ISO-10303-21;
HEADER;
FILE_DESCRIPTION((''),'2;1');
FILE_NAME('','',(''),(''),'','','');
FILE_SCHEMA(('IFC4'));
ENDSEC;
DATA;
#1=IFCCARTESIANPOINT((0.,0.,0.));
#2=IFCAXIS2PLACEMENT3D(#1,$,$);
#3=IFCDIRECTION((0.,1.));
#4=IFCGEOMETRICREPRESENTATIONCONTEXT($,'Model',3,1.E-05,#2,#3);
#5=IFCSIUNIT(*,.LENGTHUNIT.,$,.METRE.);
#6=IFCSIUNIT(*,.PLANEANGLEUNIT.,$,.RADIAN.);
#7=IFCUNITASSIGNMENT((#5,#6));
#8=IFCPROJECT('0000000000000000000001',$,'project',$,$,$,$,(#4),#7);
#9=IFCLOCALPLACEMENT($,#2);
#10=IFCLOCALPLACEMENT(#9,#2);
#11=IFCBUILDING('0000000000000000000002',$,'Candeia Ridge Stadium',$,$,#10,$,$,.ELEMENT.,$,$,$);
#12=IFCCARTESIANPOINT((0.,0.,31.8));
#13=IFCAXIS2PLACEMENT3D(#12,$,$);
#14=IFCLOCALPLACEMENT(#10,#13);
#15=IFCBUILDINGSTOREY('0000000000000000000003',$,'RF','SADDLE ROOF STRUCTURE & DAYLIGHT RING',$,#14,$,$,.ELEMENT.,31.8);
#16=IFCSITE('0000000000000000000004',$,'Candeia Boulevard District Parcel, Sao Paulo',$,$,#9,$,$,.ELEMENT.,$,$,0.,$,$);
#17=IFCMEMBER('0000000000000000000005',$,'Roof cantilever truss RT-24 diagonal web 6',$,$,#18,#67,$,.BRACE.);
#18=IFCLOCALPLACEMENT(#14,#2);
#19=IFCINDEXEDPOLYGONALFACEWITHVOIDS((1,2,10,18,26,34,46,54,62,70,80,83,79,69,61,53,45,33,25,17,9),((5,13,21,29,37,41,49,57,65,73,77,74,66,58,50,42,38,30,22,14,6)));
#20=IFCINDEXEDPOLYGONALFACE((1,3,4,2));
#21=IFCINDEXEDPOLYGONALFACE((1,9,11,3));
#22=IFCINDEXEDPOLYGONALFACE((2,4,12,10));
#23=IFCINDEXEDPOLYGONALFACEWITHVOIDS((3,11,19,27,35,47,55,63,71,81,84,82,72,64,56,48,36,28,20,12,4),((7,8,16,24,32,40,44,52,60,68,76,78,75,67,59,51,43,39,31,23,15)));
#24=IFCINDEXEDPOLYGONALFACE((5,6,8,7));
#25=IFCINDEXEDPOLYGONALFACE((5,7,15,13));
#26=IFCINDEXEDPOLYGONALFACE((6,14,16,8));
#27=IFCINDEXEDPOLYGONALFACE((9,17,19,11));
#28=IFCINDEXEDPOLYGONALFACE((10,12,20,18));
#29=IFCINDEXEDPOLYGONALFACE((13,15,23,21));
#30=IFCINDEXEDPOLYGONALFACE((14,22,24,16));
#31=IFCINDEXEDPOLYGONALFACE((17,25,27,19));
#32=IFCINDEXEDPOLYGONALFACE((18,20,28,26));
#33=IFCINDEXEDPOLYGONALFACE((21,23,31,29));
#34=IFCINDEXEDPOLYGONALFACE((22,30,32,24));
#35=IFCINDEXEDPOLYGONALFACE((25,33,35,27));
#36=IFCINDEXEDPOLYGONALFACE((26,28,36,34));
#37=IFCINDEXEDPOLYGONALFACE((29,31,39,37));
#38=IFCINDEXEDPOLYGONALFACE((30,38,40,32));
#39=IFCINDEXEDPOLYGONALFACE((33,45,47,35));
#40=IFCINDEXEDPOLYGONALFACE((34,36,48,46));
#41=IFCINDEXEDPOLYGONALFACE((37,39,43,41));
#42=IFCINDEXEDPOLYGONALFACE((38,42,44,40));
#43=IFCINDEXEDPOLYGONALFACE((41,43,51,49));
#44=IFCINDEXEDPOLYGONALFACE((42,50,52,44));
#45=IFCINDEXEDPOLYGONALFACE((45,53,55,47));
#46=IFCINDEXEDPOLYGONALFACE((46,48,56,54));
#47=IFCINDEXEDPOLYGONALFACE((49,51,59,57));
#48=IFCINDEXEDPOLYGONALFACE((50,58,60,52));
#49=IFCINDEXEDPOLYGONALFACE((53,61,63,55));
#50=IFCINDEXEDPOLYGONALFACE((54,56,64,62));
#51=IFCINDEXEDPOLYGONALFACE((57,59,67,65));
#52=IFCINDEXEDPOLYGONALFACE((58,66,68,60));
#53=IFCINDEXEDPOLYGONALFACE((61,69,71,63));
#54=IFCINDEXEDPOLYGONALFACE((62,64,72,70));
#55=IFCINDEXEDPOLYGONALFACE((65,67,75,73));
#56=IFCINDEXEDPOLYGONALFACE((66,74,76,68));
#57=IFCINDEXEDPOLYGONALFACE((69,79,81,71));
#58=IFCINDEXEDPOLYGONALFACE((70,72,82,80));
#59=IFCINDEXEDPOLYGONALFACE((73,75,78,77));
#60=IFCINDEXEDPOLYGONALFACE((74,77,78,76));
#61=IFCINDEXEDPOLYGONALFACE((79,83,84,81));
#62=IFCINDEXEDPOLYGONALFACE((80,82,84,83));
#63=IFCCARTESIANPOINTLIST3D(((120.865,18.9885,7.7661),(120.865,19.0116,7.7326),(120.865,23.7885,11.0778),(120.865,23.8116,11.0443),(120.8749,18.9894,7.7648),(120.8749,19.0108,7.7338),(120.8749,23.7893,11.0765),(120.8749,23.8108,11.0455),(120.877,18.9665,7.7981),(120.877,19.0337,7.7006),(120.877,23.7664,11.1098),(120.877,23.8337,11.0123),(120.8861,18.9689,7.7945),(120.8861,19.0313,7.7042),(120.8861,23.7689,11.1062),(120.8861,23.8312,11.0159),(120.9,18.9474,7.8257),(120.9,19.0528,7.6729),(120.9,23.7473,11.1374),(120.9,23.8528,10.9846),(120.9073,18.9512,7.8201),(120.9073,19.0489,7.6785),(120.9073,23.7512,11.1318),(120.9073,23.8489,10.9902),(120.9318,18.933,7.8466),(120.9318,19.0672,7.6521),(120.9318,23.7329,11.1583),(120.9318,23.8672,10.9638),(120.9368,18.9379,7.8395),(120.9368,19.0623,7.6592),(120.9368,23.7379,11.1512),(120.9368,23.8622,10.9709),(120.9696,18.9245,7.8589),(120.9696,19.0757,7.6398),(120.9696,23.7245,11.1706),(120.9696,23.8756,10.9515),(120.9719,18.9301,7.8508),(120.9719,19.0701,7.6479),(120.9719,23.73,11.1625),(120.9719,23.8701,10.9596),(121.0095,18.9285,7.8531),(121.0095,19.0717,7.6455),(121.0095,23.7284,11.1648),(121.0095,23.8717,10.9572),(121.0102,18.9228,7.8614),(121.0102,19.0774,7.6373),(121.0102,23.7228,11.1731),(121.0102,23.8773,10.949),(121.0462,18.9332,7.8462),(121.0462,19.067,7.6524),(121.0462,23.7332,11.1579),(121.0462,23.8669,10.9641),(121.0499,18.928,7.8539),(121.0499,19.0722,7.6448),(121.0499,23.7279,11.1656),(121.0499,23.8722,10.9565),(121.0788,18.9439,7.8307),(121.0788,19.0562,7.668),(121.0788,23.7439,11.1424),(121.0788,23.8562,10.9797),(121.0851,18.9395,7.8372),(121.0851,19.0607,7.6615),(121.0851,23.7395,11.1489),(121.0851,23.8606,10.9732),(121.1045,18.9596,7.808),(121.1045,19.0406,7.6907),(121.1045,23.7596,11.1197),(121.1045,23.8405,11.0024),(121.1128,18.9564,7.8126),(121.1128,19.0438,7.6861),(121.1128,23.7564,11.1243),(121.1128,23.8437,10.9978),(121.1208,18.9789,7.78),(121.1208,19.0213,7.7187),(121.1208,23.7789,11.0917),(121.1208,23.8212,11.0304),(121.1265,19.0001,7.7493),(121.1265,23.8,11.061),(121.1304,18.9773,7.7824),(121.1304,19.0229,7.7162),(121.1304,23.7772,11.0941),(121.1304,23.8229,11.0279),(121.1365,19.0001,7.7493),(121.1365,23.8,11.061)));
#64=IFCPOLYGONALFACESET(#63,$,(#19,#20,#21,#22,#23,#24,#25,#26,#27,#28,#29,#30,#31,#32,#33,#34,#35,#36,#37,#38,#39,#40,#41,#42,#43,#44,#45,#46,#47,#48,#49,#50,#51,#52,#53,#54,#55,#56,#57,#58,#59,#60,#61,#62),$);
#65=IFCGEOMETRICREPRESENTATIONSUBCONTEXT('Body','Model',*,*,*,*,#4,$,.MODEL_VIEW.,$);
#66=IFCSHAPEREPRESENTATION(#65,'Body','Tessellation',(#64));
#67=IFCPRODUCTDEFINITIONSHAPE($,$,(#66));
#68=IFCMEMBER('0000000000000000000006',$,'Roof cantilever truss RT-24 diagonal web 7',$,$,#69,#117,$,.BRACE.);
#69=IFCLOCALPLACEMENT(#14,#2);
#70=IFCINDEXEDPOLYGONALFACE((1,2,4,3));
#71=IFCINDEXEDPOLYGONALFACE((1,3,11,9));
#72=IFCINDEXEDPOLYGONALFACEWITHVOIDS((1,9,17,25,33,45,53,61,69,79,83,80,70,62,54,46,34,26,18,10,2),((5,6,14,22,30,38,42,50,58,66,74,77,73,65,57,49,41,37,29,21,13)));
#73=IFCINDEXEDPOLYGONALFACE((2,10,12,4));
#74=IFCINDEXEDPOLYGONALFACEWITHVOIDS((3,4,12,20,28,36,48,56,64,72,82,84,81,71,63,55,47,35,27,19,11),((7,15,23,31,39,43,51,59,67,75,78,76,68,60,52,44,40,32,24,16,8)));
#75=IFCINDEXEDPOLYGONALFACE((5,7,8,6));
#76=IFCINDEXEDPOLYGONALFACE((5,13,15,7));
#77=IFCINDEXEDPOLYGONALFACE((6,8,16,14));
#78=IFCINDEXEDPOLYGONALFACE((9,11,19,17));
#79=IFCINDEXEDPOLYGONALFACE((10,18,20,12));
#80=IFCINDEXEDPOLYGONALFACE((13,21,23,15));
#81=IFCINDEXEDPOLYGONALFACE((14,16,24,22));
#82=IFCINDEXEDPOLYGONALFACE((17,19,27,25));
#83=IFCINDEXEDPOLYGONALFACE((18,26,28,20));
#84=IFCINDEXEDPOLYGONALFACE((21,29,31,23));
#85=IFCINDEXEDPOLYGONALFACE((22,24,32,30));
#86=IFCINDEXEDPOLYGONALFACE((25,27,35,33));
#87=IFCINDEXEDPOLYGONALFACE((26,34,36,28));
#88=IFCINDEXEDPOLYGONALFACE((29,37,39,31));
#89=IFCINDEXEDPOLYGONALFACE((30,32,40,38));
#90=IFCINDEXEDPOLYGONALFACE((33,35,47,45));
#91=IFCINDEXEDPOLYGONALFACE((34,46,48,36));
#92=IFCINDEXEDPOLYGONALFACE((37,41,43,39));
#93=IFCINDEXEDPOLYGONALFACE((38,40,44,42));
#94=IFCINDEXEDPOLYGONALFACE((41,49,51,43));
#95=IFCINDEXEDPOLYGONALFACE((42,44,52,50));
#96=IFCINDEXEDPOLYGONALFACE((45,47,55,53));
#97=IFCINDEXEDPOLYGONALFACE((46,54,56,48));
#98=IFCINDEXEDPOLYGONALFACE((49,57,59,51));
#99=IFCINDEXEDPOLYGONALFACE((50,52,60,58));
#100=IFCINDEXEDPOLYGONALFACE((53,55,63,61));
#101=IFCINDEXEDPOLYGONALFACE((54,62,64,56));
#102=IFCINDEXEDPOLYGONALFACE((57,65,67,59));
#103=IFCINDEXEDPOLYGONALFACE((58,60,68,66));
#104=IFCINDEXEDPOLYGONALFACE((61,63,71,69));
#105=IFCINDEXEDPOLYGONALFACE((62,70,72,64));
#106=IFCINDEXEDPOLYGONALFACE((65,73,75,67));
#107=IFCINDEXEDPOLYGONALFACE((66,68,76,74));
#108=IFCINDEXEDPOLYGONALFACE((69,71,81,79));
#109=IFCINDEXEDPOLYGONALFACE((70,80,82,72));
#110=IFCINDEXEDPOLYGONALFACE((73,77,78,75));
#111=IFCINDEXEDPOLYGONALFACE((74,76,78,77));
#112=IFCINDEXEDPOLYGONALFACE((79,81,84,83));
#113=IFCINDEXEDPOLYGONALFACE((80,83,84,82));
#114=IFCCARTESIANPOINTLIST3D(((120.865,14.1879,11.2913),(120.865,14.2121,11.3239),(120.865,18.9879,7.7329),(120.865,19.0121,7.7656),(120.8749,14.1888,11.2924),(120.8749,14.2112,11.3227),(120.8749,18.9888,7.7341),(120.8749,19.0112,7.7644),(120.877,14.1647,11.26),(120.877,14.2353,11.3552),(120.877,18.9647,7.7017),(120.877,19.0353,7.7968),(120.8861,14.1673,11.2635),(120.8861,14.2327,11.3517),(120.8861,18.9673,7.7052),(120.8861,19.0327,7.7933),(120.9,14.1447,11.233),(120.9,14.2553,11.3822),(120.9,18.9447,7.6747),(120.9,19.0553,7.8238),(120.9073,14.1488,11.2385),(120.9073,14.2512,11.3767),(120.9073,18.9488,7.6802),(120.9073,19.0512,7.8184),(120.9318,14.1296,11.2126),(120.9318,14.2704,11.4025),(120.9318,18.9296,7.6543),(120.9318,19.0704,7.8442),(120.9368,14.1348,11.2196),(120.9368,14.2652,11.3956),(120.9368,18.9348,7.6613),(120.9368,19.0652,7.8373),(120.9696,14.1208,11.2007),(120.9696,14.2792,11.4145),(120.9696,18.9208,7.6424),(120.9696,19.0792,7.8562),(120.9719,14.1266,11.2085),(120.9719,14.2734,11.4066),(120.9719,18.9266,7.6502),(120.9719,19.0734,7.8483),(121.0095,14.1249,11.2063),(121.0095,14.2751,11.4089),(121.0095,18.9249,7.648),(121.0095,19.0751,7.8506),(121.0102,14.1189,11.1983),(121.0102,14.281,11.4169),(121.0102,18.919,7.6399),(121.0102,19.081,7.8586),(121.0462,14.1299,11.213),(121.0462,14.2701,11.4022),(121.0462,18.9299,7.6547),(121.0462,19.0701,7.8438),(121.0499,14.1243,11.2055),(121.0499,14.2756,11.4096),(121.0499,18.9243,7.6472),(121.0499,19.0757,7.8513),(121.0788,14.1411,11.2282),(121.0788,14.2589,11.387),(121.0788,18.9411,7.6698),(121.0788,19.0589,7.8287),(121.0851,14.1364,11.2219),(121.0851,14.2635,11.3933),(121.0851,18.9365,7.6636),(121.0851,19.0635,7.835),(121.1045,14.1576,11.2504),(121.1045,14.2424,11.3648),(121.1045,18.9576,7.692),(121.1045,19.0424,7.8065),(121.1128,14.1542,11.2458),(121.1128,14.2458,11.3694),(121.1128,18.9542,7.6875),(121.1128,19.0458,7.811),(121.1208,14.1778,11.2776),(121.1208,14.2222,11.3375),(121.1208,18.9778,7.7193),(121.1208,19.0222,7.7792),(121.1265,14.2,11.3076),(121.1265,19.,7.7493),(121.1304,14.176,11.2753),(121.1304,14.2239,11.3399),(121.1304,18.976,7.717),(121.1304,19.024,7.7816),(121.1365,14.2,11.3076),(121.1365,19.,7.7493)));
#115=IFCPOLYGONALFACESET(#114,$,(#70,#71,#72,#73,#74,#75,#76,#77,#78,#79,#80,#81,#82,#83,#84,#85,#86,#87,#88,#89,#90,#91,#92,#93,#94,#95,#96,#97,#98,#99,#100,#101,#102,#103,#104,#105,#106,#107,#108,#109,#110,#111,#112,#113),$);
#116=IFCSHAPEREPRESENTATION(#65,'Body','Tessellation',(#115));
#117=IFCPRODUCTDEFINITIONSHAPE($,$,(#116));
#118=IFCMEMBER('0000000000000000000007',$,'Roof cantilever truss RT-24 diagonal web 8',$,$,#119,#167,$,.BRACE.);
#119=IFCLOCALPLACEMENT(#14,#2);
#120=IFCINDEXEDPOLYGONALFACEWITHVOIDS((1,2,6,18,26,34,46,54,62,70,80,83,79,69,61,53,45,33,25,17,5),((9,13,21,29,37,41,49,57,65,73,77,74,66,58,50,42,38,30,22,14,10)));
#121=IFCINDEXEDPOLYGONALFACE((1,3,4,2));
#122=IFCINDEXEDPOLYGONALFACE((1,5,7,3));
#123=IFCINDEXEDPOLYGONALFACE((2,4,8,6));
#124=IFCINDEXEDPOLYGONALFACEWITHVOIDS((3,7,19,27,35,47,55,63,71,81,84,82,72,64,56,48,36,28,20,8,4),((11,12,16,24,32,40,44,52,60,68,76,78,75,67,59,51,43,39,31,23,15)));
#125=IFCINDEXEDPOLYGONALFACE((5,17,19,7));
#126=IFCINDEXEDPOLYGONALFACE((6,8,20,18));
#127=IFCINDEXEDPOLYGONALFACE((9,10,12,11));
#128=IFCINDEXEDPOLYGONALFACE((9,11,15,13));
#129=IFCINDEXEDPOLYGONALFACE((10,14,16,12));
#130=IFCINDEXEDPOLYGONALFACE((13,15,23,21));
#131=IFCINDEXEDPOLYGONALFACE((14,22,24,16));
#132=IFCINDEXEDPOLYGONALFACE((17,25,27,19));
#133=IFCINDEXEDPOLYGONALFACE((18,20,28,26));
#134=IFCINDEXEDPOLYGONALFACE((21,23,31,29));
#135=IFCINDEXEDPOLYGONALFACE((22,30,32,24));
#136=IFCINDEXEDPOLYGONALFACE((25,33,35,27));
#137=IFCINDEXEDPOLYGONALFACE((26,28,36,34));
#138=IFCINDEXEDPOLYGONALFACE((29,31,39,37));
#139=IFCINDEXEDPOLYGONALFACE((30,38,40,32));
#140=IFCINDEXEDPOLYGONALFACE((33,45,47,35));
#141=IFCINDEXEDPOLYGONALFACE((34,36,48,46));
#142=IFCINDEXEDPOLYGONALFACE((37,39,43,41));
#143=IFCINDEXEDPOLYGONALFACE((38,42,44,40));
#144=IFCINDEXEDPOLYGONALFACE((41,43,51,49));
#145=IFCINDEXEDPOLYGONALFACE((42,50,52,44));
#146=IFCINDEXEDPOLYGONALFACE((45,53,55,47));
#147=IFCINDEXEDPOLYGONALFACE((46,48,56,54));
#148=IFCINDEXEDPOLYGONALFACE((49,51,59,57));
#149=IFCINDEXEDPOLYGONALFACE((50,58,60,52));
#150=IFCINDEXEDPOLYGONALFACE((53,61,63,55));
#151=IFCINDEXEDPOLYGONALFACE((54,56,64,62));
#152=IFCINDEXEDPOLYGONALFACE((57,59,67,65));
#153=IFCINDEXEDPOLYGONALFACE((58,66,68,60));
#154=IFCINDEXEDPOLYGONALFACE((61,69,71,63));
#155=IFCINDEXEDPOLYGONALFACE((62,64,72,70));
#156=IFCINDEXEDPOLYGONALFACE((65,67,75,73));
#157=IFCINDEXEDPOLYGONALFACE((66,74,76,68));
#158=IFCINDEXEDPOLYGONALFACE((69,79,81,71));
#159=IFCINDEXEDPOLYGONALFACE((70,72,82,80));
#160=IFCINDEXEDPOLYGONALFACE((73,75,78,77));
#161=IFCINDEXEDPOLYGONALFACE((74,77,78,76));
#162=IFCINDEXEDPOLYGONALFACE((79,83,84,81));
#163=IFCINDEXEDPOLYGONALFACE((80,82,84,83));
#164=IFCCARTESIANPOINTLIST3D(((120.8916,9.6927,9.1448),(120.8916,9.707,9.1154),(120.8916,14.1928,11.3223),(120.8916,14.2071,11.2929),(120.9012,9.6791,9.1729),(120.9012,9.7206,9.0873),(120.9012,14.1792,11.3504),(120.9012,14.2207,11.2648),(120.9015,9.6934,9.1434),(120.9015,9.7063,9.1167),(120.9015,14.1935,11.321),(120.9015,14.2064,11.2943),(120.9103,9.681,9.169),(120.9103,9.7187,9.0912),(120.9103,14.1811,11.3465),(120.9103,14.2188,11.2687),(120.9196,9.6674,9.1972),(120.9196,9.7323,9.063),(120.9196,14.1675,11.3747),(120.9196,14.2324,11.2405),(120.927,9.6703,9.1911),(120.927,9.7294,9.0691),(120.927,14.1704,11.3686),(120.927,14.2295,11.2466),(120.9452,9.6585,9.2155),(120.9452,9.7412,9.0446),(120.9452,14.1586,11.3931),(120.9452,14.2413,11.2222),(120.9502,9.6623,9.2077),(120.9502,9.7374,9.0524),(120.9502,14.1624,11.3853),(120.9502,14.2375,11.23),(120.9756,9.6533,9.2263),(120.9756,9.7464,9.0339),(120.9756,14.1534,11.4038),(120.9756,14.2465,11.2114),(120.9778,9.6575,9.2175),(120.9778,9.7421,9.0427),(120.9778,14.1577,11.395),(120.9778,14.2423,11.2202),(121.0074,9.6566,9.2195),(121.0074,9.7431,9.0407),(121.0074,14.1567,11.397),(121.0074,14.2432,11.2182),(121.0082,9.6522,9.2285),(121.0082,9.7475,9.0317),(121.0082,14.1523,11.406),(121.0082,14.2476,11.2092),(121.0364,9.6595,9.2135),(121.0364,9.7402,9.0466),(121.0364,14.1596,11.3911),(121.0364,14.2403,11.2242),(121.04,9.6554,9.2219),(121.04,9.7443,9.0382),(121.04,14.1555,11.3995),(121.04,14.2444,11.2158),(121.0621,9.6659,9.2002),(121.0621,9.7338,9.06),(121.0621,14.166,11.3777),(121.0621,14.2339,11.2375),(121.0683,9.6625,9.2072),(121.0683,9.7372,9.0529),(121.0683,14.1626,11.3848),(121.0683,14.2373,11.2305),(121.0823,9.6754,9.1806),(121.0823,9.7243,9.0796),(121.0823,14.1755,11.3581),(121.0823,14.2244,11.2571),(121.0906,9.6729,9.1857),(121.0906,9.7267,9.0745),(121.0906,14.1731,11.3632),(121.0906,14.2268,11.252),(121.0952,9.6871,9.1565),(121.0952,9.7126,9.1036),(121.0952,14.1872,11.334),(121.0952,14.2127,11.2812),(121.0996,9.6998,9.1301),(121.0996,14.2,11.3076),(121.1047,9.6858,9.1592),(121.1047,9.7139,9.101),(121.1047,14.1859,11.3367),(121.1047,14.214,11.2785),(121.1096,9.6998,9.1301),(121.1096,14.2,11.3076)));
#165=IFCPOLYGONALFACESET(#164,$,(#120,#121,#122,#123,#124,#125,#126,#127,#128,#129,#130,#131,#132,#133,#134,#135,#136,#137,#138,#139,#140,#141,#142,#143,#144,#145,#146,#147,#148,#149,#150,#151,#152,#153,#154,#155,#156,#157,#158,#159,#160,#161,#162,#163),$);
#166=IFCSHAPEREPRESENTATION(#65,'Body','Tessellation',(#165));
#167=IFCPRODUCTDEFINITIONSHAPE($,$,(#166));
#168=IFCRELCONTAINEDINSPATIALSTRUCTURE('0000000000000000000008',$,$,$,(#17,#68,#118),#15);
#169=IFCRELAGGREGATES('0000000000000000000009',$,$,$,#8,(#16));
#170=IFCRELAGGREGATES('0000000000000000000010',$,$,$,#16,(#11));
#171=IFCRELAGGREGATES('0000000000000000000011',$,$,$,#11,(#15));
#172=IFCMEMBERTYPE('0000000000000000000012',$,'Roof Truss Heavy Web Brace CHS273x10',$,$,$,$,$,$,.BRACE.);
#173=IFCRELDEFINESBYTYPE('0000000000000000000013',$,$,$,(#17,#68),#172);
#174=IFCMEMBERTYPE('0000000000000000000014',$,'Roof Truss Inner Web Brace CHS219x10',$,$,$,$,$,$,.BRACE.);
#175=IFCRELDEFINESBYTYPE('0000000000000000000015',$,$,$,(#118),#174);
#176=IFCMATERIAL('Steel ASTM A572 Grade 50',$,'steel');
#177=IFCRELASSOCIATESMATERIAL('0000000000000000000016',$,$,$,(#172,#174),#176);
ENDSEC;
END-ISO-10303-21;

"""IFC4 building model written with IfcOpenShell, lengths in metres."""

from ifc_helpers import new_model, si_unit, direction, frame, origin, origin_2d, place, context, subcontext, project, spatial, hollow_circle, extrude, material, material_profile, profile_set, type_object, element, save


model = new_model("IFC4")

# Units and contexts
model_context = context("Model", 3, precision=1e-05, world=origin(), true_north=direction((0.0, 1.0)))
body_context = subcontext(model_context, "Body", "Model", "MODEL_VIEW")
ifc_project = project(units=[si_unit("LENGTHUNIT", "METRE"), si_unit("PLANEANGLEUNIT", "RADIAN")], contexts=[model_context])

# Site, building, storey
site_placement = place(None, origin())
site = spatial("IfcSite", under=ifc_project, at=site_placement, Name="Candeia Boulevard District Parcel, Sao Paulo", CompositionType="ELEMENT", RefElevation=0.0)
building_placement = place(site_placement, origin())
building = spatial("IfcBuilding", under=site, at=building_placement, Name="Candeia Ridge Stadium", CompositionType="ELEMENT")
storey_placement = place(building_placement, frame((0.0, 0.0, 31.8)))
storey = spatial("IfcBuildingStorey", under=building, at=storey_placement, Name="RF", Description="SADDLE ROOF STRUCTURE & DAYLIGHT RING", CompositionType="ELEMENT", Elevation=31.8)

# Shared definitions
ifc_material_1 = material(Name="Steel ASTM A572 Grade 50", Category="steel")

# Members
ifc_material_profile_1 = material_profile(ifc_material_1, hollow_circle(Radius=0.1365, WallThickness=0.01, at=origin_2d()), Name="CHS273x10", Category="steel")
ifc_profile_set_1 = profile_set([ifc_material_profile_1], Name="Steel ASTM A572 Grade 50")
member_type_1 = type_object("IfcMemberType", Name="Roof Truss Heavy Web Brace CHS273x10", PredefinedType="BRACE", material=ifc_profile_set_1)
member_1_placement = place(storey_placement, frame((121.0, 23.8, 11.061), z_axis=(0.0, -0.823101, -0.567894), x_axis=(1.0, 0.0, 0.0)))
element("IfcMember", 1, at=member_1_placement, inside=storey, type_object=member_type_1, Name="Roof cantilever truss RT-24 diagonal web 6", PredefinedType="BRACE", context=body_context, shape_type="SweptSolid", body=[
    extrude(hollow_circle(Radius=0.1365, WallThickness=0.01, at=origin_2d()), origin(), (0.0, 0.0, 1.0), 5.8315),
])
member_2_placement = place(storey_placement, frame((121.0, 19.0, 7.7493), z_axis=(0.0, -0.803336, 0.595526), x_axis=(1.0, 0.0, 0.0)))
element("IfcMember", 2, at=member_2_placement, inside=storey, type_object=member_type_1, Name="Roof cantilever truss RT-24 diagonal web 7", PredefinedType="BRACE", context=body_context, shape_type="SweptSolid", body=[
    extrude(hollow_circle(Radius=0.1365, WallThickness=0.01, at=origin_2d()), origin(), (0.0, 0.0, 1.0), 5.9751),
])
ifc_material_profile_2 = material_profile(ifc_material_1, hollow_circle(Radius=0.1096, WallThickness=0.01, at=origin_2d()), Name="CHS219x10", Category="steel")
ifc_profile_set_2 = profile_set([ifc_material_profile_2], Name="Steel ASTM A572 Grade 50")
member_type_2 = type_object("IfcMemberType", Name="Roof Truss Inner Web Brace CHS219x10", PredefinedType="BRACE", material=ifc_profile_set_2)
member_3_placement = place(storey_placement, frame((121.0, 14.2, 11.3076), z_axis=(0.0, -0.900154, -0.435572), x_axis=(1.0, 0.0, 0.0)))
element("IfcMember", 3, at=member_3_placement, inside=storey, type_object=member_type_2, Name="Roof cantilever truss RT-24 diagonal web 8", PredefinedType="BRACE", context=body_context, shape_type="SweptSolid", body=[
    extrude(hollow_circle(Radius=0.1096, WallThickness=0.01, at=origin_2d()), origin(), (0.0, 0.0, 1.0), 4.9993),
])

save(model, "model.ifc")
